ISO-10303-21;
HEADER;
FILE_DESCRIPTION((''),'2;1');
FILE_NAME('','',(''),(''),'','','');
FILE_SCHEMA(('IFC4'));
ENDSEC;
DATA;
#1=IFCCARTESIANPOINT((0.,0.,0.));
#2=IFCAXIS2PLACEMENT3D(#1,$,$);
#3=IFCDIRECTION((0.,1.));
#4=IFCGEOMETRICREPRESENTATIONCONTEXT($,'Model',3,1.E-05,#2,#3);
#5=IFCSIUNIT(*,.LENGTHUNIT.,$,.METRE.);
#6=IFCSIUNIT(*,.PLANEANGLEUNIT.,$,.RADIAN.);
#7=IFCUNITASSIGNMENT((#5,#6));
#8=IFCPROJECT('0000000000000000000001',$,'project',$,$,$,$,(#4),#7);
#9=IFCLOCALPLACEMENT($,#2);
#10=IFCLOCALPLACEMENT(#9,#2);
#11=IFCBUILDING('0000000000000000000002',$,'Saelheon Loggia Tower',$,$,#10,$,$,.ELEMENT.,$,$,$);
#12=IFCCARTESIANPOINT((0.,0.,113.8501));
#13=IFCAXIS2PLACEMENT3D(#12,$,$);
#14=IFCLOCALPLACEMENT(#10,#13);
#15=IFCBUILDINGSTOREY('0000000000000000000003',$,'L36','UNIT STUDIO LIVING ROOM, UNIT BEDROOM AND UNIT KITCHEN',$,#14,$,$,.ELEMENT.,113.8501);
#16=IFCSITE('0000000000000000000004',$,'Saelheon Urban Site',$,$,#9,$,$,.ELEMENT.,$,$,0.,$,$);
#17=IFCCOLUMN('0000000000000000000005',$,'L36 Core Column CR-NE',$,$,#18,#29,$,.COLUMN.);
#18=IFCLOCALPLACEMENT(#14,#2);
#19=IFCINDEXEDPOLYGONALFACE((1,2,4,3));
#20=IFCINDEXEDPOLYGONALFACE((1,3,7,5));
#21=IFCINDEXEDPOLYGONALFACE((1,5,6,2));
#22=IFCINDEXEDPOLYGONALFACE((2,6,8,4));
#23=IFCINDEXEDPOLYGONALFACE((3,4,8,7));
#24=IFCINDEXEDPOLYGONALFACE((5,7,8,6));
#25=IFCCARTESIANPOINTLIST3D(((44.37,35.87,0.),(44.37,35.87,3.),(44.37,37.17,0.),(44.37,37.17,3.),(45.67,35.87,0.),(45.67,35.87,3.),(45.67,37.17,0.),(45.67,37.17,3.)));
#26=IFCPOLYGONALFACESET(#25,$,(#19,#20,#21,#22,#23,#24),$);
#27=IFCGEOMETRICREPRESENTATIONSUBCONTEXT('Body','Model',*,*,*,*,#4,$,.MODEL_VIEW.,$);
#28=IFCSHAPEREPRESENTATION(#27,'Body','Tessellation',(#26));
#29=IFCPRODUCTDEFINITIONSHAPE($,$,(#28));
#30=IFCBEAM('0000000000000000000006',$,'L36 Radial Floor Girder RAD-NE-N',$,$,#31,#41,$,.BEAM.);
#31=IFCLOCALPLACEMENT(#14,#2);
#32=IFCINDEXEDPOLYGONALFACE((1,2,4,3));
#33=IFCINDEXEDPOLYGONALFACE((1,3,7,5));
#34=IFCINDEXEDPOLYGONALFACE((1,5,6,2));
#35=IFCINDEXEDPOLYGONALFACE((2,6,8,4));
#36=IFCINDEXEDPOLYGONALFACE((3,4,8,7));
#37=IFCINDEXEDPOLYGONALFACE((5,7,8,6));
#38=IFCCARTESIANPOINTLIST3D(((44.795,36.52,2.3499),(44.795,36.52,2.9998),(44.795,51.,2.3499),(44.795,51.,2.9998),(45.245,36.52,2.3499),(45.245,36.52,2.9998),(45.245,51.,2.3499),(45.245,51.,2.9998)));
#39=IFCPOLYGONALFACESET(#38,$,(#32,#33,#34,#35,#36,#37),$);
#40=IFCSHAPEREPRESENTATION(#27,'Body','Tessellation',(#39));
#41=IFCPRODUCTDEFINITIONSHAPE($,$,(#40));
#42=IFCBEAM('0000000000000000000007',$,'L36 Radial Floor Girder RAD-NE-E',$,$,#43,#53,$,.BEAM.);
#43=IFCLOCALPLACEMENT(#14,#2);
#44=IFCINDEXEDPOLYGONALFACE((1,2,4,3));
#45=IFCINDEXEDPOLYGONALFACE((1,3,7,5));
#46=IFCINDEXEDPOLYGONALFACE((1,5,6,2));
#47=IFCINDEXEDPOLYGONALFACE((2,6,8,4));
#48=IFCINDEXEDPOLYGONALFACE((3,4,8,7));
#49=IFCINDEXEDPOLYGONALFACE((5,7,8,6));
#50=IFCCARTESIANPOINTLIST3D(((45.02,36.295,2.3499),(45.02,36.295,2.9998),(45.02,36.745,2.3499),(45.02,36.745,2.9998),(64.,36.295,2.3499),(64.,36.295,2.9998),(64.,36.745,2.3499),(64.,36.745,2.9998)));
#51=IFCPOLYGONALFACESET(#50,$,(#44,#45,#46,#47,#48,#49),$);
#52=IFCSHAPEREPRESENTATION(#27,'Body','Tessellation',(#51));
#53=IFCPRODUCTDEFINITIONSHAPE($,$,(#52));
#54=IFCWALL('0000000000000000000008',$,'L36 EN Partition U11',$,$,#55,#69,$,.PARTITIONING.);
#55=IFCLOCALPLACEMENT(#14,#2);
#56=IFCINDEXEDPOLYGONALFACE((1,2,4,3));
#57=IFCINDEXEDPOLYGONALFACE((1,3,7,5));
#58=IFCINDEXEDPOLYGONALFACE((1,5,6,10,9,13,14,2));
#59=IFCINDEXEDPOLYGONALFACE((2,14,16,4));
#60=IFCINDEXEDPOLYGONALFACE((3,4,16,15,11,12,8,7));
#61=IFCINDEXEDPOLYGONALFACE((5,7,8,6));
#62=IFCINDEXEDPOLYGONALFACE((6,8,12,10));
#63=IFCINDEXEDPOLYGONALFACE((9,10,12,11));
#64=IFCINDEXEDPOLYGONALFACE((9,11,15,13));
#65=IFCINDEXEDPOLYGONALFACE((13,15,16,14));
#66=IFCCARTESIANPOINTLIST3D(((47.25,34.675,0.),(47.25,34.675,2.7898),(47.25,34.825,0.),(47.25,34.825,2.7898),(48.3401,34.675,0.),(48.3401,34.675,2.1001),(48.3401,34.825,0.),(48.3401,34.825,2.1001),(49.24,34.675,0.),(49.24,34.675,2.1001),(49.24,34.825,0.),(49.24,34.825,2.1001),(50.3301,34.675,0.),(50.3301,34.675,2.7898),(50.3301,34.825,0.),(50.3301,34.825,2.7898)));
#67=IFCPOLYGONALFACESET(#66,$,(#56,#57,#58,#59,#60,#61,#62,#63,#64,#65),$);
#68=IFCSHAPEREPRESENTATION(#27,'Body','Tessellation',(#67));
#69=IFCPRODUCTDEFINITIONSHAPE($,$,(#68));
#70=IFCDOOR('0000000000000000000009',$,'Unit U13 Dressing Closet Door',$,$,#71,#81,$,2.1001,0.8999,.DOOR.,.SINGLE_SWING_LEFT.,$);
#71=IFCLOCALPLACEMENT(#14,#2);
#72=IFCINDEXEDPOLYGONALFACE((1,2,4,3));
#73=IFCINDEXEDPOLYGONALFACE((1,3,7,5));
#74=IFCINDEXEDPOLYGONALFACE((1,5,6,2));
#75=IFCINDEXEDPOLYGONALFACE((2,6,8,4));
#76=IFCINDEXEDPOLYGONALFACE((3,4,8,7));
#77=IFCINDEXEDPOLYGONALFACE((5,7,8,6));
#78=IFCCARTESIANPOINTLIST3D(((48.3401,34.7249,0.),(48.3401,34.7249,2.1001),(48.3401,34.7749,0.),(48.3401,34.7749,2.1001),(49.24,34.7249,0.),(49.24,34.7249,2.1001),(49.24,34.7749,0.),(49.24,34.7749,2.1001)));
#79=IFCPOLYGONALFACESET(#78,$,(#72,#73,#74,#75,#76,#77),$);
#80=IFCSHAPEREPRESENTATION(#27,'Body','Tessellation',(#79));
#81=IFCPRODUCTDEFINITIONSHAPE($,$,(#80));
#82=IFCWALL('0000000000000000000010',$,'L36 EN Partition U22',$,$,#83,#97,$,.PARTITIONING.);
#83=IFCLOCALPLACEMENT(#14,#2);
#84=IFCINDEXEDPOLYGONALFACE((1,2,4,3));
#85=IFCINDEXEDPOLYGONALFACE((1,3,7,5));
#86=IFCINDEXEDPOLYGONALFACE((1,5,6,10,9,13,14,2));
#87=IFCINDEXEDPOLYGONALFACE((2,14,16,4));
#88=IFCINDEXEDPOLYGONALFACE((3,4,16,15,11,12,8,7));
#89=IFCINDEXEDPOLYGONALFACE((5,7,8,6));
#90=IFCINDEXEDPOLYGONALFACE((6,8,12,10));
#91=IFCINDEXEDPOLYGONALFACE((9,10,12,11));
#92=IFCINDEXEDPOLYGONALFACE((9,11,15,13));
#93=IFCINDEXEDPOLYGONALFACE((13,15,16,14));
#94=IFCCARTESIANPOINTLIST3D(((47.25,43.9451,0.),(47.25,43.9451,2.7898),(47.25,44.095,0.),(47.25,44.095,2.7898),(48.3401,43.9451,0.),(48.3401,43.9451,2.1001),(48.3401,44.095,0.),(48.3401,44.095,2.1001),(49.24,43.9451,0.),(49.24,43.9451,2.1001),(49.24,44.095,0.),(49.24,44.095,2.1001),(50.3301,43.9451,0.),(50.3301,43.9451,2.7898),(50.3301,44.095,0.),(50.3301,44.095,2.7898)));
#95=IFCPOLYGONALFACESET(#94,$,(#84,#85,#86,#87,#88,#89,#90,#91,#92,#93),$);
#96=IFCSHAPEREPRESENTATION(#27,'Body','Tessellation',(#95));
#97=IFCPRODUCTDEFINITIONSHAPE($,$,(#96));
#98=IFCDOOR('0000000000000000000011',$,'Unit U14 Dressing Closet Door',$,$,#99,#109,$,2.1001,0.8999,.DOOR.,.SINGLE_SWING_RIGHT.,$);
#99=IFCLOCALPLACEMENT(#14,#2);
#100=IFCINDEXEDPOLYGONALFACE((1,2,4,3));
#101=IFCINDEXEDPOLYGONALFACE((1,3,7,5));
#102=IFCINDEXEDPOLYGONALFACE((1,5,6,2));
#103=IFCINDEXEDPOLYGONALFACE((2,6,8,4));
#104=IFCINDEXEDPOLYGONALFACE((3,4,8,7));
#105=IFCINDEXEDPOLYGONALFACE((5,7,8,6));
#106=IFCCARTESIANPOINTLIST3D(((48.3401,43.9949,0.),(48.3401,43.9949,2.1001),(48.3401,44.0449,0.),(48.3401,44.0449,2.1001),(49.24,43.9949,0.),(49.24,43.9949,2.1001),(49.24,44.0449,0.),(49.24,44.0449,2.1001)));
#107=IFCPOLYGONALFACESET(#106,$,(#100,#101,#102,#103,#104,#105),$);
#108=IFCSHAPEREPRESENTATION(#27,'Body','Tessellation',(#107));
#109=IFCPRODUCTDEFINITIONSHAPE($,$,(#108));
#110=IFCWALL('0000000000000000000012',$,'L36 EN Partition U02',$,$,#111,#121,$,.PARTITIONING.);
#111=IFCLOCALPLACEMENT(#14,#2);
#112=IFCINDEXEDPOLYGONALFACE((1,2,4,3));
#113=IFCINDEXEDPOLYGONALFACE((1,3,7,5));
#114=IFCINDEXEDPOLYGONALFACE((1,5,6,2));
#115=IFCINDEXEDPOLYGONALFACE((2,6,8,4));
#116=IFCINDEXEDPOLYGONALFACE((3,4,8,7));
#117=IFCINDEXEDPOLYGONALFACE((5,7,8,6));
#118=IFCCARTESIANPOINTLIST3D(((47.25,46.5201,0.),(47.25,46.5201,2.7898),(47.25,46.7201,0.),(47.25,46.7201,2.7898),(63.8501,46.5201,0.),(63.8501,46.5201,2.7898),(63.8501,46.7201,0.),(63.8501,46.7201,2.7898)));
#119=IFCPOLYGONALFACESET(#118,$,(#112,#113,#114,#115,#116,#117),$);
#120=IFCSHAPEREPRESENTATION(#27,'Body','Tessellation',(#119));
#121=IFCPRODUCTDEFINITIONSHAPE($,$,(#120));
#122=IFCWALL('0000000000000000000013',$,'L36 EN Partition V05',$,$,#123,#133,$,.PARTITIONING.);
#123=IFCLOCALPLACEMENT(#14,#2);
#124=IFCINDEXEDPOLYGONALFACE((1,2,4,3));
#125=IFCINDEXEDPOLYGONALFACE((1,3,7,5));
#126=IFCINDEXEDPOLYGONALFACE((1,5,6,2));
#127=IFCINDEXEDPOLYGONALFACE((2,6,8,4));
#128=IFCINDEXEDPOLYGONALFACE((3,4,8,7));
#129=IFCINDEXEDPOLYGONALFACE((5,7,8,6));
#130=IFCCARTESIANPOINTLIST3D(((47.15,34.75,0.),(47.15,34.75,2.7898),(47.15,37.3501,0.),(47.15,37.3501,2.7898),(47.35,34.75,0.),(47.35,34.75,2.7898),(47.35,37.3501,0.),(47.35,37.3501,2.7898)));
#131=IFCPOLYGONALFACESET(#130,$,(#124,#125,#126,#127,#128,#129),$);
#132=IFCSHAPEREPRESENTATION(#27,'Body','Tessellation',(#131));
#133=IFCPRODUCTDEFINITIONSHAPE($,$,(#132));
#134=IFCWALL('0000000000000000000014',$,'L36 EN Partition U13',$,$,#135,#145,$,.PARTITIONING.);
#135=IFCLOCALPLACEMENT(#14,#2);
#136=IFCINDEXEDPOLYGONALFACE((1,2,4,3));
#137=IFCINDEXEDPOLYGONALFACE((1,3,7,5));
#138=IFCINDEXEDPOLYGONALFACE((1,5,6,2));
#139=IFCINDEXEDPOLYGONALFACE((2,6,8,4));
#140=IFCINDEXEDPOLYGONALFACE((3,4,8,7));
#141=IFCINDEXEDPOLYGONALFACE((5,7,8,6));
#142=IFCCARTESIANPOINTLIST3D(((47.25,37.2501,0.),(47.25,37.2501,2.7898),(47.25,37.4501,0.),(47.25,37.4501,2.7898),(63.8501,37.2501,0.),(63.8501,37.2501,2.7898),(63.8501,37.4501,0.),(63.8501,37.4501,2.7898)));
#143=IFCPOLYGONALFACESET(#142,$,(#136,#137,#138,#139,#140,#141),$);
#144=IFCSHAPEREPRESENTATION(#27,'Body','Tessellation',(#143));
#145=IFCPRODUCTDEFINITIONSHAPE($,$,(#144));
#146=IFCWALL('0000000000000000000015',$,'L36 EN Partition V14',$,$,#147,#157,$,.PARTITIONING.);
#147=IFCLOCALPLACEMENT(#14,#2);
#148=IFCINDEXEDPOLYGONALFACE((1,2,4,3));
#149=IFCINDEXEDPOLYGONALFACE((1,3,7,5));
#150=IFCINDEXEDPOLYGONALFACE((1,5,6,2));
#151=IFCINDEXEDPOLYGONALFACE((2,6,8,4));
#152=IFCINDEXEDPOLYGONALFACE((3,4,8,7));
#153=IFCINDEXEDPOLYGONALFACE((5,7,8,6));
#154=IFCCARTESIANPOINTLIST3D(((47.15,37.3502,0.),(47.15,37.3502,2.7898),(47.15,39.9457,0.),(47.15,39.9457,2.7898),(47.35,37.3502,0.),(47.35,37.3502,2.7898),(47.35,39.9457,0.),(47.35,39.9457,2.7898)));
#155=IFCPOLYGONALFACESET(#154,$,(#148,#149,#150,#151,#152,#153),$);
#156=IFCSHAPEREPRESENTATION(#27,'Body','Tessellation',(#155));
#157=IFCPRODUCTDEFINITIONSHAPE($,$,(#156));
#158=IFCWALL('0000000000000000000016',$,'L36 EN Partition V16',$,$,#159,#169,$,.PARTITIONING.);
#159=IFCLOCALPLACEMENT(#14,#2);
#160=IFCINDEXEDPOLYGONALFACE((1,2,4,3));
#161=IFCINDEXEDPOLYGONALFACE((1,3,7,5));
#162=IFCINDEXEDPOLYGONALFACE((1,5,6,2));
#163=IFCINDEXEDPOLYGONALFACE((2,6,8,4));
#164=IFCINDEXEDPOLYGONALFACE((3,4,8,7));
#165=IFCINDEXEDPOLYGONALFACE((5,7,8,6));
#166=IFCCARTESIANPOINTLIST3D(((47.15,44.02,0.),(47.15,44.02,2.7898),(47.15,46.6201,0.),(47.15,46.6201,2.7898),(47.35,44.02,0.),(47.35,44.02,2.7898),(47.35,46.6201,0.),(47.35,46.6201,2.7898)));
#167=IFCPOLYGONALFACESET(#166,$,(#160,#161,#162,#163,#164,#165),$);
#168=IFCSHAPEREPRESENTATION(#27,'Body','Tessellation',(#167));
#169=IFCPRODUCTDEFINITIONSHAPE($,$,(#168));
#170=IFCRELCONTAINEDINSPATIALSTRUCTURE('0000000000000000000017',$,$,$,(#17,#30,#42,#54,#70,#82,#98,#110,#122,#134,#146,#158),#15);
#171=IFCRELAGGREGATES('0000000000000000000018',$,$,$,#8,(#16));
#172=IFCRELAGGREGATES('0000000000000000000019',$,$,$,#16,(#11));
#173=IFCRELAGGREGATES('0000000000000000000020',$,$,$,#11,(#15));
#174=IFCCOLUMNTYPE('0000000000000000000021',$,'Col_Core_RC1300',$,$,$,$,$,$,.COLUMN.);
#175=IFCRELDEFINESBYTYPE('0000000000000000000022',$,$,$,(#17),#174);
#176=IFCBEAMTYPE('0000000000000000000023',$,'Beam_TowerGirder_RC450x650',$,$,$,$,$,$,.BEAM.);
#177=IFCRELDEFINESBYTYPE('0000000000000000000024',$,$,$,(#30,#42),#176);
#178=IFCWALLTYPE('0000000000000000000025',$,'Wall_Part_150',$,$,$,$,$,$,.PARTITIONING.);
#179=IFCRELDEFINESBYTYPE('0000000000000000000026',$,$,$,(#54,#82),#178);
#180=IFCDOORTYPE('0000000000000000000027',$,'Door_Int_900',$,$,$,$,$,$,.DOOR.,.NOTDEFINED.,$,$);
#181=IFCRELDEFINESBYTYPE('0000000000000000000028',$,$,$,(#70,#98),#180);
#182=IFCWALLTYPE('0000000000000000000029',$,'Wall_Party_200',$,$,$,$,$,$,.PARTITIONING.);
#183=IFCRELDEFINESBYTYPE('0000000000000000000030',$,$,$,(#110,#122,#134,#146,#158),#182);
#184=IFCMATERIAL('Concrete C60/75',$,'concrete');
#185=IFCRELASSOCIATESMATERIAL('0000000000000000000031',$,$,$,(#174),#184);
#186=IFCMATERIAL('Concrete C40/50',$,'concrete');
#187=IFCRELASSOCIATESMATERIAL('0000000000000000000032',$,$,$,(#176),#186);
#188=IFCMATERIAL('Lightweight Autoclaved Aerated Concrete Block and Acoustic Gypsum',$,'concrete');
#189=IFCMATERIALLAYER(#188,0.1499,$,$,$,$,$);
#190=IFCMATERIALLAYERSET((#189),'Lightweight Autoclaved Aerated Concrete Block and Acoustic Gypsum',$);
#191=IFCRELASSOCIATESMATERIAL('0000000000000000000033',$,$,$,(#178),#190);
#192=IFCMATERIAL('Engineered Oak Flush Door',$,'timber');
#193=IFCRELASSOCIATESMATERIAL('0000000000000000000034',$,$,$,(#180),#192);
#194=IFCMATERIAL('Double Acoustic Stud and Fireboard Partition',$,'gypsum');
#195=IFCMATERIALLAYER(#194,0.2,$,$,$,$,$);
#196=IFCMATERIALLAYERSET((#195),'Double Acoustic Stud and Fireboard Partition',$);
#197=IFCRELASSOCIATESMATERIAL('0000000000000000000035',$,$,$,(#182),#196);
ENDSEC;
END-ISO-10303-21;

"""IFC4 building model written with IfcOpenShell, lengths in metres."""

from ifc_helpers import new_model, si_unit, direction, frame, frame_2d, origin, origin_2d, place, context, subcontext, project, spatial, rectangle, extrude, source, transform, mapped, material, layer, layer_set, material_profile, profile_set, type_object, element, fill, save


model = new_model("IFC4")

# Units and contexts
model_context = context("Model", 3, precision=1e-05, world=origin(), true_north=direction((0.0, 1.0)))
body_context = subcontext(model_context, "Body", "Model", "MODEL_VIEW")
ifc_project = project(units=[si_unit("LENGTHUNIT", "METRE"), si_unit("PLANEANGLEUNIT", "RADIAN")], contexts=[model_context])

# Site, building, storey
site_placement = place(None, origin())
site = spatial("IfcSite", under=ifc_project, at=site_placement, Name="Saelheon Urban Site", CompositionType="ELEMENT", RefElevation=0.0)
building_placement = place(site_placement, origin())
building = spatial("IfcBuilding", under=site, at=building_placement, Name="Saelheon Loggia Tower", CompositionType="ELEMENT")
storey_placement = place(building_placement, frame((0.0, 0.0, 113.8501)))
storey = spatial("IfcBuildingStorey", under=building, at=storey_placement, Name="L36", Description="UNIT STUDIO LIVING ROOM, UNIT BEDROOM AND UNIT KITCHEN", CompositionType="ELEMENT", Elevation=113.8501)

# Column
ifc_material_1 = material(Name="Concrete C60/75", Category="concrete")
ifc_material_profile_1 = material_profile(ifc_material_1, rectangle(XDim=1.3, YDim=1.3, at=origin_2d()), Name="RC-1300x1300")
ifc_profile_set_1 = profile_set([ifc_material_profile_1], Name="Concrete C60/75")
column_type = type_object("IfcColumnType", Name="Col_Core_RC1300", PredefinedType="COLUMN", material=ifc_profile_set_1)
shared_shape_1 = source(origin(), body_context, "Body", "SweptSolid", [
    extrude(rectangle(XDim=1.3, YDim=1.3, at=origin_2d()), origin(), (0.0, 0.0, 1.0), 3.0),
])
column_placement = place(storey_placement, frame((45.02, 36.52, 0.0), z_axis=(0.0, 0.0, 1.0), x_axis=(1.0, 0.0, 0.0)))
element("IfcColumn", 1, at=column_placement, inside=storey, type_object=column_type, Name="L36 Core Column CR-NE", PredefinedType="COLUMN", context=body_context, shape_type="MappedRepresentation", body=[
    mapped(shared_shape_1, transform((0.0, 0.0, 0.0), scale=1.0)),
])

# Beams
ifc_material_2 = material(Name="Concrete C40/50", Category="concrete")
ifc_material_profile_2 = material_profile(ifc_material_2, rectangle(XDim=0.45, YDim=0.6499, at=origin_2d()), Name="RC-450x650")
ifc_profile_set_2 = profile_set([ifc_material_profile_2], Name="Concrete C40/50")
beam_type = type_object("IfcBeamType", Name="Beam_TowerGirder_RC450x650", PredefinedType="BEAM", material=ifc_profile_set_2)
shared_shape_2 = source(origin(), body_context, "Body", "SweptSolid", [
    extrude(rectangle(XDim=0.45, YDim=0.6499, at=origin_2d()), origin(), (0.0, 0.0, 1.0), 14.48),
])
beam_1_placement = place(storey_placement, frame((45.02, 36.52, 2.6748), z_axis=(0.0, 1.0, 0.0), x_axis=(-1.0, 0.0, 0.0)))
element("IfcBeam", 2, at=beam_1_placement, inside=storey, type_object=beam_type, Name="L36 Radial Floor Girder RAD-NE-N", PredefinedType="BEAM", context=body_context, shape_type="MappedRepresentation", body=[
    mapped(shared_shape_2, transform((0.0, 0.0, 0.0), scale=1.0)),
])
shared_shape_3 = source(origin(), body_context, "Body", "SweptSolid", [
    extrude(rectangle(XDim=0.45, YDim=0.6499, at=origin_2d()), origin(), (0.0, 0.0, 1.0), 18.98),
])
beam_2_placement = place(storey_placement, frame((45.02, 36.52, 2.6748), z_axis=(1.0, 0.0, 0.0), x_axis=(0.0, 1.0, 0.0)))
element("IfcBeam", 3, at=beam_2_placement, inside=storey, type_object=beam_type, Name="L36 Radial Floor Girder RAD-NE-E", PredefinedType="BEAM", context=body_context, shape_type="MappedRepresentation", body=[
    mapped(shared_shape_3, transform((0.0, 0.0, 0.0), scale=1.0)),
])

# Walls, openings, doors
ifc_material_3 = material(Name="Lightweight Autoclaved Aerated Concrete Block and Acoustic Gypsum", Category="concrete")
ifc_layer_1 = layer(ifc_material_3, 0.1499)
ifc_layer_set_1 = layer_set([ifc_layer_1], Name="Lightweight Autoclaved Aerated Concrete Block and Acoustic Gypsum")
wall_type_1 = type_object("IfcWallType", Name="Wall_Part_150", PredefinedType="PARTITIONING", material=ifc_layer_set_1)
wall_1_placement = place(storey_placement, frame((47.25, 34.75, 0.0), z_axis=(0.0, 0.0, 1.0), x_axis=(1.0, 0.0, 0.0)))
wall_1 = element("IfcWall", 4, at=wall_1_placement, inside=storey, type_object=wall_type_1, Name="L36 EN Partition U11", PredefinedType="PARTITIONING", context=body_context, shape_type="SweptSolid", body=[
    extrude(rectangle(XDim=3.0801, YDim=0.1499, at=frame_2d((1.54, 0.0))), origin(), (0.0, 0.0, 1.0), 2.7898),
])
opening_1_placement = place(wall_1_placement, frame((1.0901, 0.0, 0.0)))
opening_1 = element("IfcOpeningElement", 5, at=opening_1_placement, cuts=wall_1, PredefinedType="OPENING", context=body_context, shape_type="SweptSolid", body=[
    extrude(rectangle(XDim=0.8999, YDim=2.1001, at=frame_2d((0.45, 1.05))), frame((0.0, 0.0869, 0.0), z_axis=(0.0, -1.0, 0.0), x_axis=(1.0, 0.0, 0.0)), (0.0, 0.0, 1.0), 0.1738),
])
ifc_material_4 = material(Name="Engineered Oak Flush Door", Category="timber")
door_type_1 = type_object("IfcDoorType", Name="Door_Int_900", OperationType="NOTDEFINED", PredefinedType="DOOR", material=ifc_material_4)
shared_shape_4 = source(origin(), body_context, "Body", "SweptSolid", [
    extrude(rectangle(XDim=0.8999, YDim=2.1001, at=frame_2d((0.45, 1.05))), frame((0.0, 0.0249, 0.0), z_axis=(0.0, -1.0, 0.0), x_axis=(1.0, 0.0, 0.0)), (0.0, 0.0, 1.0), 0.05),
])
door_1_placement = place(opening_1_placement, origin())
door_1 = element("IfcDoor", 6, at=door_1_placement, inside=storey, type_object=door_type_1, Name="Unit U13 Dressing Closet Door", OperationType="SINGLE_SWING_LEFT", OverallHeight=2.1001, OverallWidth=0.8999, PredefinedType="DOOR", context=body_context, shape_type="MappedRepresentation", body=[
    mapped(shared_shape_4, transform((0.0, 0.0, 0.0), scale=1.0)),
])
fill(opening_1, door_1)
wall_2_placement = place(storey_placement, frame((47.25, 44.02, 0.0), z_axis=(0.0, 0.0, 1.0), x_axis=(1.0, 0.0, 0.0)))
wall_2 = element("IfcWall", 7, at=wall_2_placement, inside=storey, type_object=wall_type_1, Name="L36 EN Partition U22", PredefinedType="PARTITIONING", context=body_context, shape_type="SweptSolid", body=[
    extrude(rectangle(XDim=3.0801, YDim=0.1499, at=frame_2d((1.54, 0.0))), origin(), (0.0, 0.0, 1.0), 2.7898),
])
opening_2_placement = place(wall_2_placement, frame((1.0901, 0.0, 0.0)))
opening_2 = element("IfcOpeningElement", 8, at=opening_2_placement, cuts=wall_2, PredefinedType="OPENING", context=body_context, shape_type="SweptSolid", body=[
    extrude(rectangle(XDim=0.8999, YDim=2.1001, at=frame_2d((0.45, 1.05))), frame((0.0, 0.0869, 0.0), z_axis=(0.0, -1.0, 0.0), x_axis=(1.0, 0.0, 0.0)), (0.0, 0.0, 1.0), 0.1738),
])
door_2_placement = place(opening_2_placement, origin())
door_2 = element("IfcDoor", 9, at=door_2_placement, inside=storey, type_object=door_type_1, Name="Unit U14 Dressing Closet Door", OperationType="SINGLE_SWING_RIGHT", OverallHeight=2.1001, OverallWidth=0.8999, PredefinedType="DOOR", context=body_context, shape_type="MappedRepresentation", body=[
    mapped(shared_shape_4, transform((0.0, 0.0, 0.0), scale=1.0)),
])
fill(opening_2, door_2)

# Wall
ifc_material_5 = material(Name="Double Acoustic Stud and Fireboard Partition", Category="gypsum")
ifc_layer_2 = layer(ifc_material_5, 0.2)
ifc_layer_set_2 = layer_set([ifc_layer_2], Name="Double Acoustic Stud and Fireboard Partition")
wall_type_2 = type_object("IfcWallType", Name="Wall_Party_200", PredefinedType="PARTITIONING", material=ifc_layer_set_2)
wall_3_placement = place(storey_placement, frame((47.25, 46.6201, 0.0), z_axis=(0.0, 0.0, 1.0), x_axis=(1.0, 0.0, 0.0)))
element("IfcWall", 10, at=wall_3_placement, inside=storey, type_object=wall_type_2, Name="L36 EN Partition U02", PredefinedType="PARTITIONING", context=body_context, shape_type="SweptSolid", body=[
    extrude(rectangle(XDim=16.6001, YDim=0.2, at=frame_2d((8.3, 0.0))), origin(), (0.0, 0.0, 1.0), 2.7898),
])

# Walls
wall_4_placement = place(storey_placement, frame((47.25, 34.75, 0.0), z_axis=(0.0, 0.0, 1.0), x_axis=(0.0, 1.0, 0.0)))
element("IfcWall", 11, at=wall_4_placement, inside=storey, type_object=wall_type_2, Name="L36 EN Partition V05", PredefinedType="PARTITIONING", context=body_context, shape_type="SweptSolid", body=[
    extrude(rectangle(XDim=2.6001, YDim=0.2, at=frame_2d((1.3, 0.0))), origin(), (0.0, 0.0, 1.0), 2.7898),
])
wall_5_placement = place(storey_placement, frame((47.25, 37.3501, 0.0), z_axis=(0.0, 0.0, 1.0), x_axis=(1.0, 0.0, 0.0)))
element("IfcWall", 12, at=wall_5_placement, inside=storey, type_object=wall_type_2, Name="L36 EN Partition U13", PredefinedType="PARTITIONING", context=body_context, shape_type="SweptSolid", body=[
    extrude(rectangle(XDim=16.6001, YDim=0.2, at=frame_2d((8.3, 0.0))), origin(), (0.0, 0.0, 1.0), 2.7898),
])
wall_6_placement = place(storey_placement, frame((47.25, 37.3501, 0.0), z_axis=(0.0, 0.0, 1.0), x_axis=(0.0, 1.0, 0.0)))
element("IfcWall", 13, at=wall_6_placement, inside=storey, type_object=wall_type_2, Name="L36 EN Partition V14", PredefinedType="PARTITIONING", context=body_context, shape_type="SweptSolid", body=[
    extrude(rectangle(XDim=2.5955, YDim=0.2, at=frame_2d((1.2979, 0.0))), origin(), (0.0, 0.0, 1.0), 2.7898),
])

# Wall
wall_7_placement = place(storey_placement, frame((47.25, 44.02, 0.0), z_axis=(0.0, 0.0, 1.0), x_axis=(0.0, 1.0, 0.0)))
element("IfcWall", 14, at=wall_7_placement, inside=storey, type_object=wall_type_2, Name="L36 EN Partition V16", PredefinedType="PARTITIONING", context=body_context, shape_type="SweptSolid", body=[
    extrude(rectangle(XDim=2.6001, YDim=0.2, at=frame_2d((1.3, 0.0))), origin(), (0.0, 0.0, 1.0), 2.7898),
])

save(model, "model.ifc")
